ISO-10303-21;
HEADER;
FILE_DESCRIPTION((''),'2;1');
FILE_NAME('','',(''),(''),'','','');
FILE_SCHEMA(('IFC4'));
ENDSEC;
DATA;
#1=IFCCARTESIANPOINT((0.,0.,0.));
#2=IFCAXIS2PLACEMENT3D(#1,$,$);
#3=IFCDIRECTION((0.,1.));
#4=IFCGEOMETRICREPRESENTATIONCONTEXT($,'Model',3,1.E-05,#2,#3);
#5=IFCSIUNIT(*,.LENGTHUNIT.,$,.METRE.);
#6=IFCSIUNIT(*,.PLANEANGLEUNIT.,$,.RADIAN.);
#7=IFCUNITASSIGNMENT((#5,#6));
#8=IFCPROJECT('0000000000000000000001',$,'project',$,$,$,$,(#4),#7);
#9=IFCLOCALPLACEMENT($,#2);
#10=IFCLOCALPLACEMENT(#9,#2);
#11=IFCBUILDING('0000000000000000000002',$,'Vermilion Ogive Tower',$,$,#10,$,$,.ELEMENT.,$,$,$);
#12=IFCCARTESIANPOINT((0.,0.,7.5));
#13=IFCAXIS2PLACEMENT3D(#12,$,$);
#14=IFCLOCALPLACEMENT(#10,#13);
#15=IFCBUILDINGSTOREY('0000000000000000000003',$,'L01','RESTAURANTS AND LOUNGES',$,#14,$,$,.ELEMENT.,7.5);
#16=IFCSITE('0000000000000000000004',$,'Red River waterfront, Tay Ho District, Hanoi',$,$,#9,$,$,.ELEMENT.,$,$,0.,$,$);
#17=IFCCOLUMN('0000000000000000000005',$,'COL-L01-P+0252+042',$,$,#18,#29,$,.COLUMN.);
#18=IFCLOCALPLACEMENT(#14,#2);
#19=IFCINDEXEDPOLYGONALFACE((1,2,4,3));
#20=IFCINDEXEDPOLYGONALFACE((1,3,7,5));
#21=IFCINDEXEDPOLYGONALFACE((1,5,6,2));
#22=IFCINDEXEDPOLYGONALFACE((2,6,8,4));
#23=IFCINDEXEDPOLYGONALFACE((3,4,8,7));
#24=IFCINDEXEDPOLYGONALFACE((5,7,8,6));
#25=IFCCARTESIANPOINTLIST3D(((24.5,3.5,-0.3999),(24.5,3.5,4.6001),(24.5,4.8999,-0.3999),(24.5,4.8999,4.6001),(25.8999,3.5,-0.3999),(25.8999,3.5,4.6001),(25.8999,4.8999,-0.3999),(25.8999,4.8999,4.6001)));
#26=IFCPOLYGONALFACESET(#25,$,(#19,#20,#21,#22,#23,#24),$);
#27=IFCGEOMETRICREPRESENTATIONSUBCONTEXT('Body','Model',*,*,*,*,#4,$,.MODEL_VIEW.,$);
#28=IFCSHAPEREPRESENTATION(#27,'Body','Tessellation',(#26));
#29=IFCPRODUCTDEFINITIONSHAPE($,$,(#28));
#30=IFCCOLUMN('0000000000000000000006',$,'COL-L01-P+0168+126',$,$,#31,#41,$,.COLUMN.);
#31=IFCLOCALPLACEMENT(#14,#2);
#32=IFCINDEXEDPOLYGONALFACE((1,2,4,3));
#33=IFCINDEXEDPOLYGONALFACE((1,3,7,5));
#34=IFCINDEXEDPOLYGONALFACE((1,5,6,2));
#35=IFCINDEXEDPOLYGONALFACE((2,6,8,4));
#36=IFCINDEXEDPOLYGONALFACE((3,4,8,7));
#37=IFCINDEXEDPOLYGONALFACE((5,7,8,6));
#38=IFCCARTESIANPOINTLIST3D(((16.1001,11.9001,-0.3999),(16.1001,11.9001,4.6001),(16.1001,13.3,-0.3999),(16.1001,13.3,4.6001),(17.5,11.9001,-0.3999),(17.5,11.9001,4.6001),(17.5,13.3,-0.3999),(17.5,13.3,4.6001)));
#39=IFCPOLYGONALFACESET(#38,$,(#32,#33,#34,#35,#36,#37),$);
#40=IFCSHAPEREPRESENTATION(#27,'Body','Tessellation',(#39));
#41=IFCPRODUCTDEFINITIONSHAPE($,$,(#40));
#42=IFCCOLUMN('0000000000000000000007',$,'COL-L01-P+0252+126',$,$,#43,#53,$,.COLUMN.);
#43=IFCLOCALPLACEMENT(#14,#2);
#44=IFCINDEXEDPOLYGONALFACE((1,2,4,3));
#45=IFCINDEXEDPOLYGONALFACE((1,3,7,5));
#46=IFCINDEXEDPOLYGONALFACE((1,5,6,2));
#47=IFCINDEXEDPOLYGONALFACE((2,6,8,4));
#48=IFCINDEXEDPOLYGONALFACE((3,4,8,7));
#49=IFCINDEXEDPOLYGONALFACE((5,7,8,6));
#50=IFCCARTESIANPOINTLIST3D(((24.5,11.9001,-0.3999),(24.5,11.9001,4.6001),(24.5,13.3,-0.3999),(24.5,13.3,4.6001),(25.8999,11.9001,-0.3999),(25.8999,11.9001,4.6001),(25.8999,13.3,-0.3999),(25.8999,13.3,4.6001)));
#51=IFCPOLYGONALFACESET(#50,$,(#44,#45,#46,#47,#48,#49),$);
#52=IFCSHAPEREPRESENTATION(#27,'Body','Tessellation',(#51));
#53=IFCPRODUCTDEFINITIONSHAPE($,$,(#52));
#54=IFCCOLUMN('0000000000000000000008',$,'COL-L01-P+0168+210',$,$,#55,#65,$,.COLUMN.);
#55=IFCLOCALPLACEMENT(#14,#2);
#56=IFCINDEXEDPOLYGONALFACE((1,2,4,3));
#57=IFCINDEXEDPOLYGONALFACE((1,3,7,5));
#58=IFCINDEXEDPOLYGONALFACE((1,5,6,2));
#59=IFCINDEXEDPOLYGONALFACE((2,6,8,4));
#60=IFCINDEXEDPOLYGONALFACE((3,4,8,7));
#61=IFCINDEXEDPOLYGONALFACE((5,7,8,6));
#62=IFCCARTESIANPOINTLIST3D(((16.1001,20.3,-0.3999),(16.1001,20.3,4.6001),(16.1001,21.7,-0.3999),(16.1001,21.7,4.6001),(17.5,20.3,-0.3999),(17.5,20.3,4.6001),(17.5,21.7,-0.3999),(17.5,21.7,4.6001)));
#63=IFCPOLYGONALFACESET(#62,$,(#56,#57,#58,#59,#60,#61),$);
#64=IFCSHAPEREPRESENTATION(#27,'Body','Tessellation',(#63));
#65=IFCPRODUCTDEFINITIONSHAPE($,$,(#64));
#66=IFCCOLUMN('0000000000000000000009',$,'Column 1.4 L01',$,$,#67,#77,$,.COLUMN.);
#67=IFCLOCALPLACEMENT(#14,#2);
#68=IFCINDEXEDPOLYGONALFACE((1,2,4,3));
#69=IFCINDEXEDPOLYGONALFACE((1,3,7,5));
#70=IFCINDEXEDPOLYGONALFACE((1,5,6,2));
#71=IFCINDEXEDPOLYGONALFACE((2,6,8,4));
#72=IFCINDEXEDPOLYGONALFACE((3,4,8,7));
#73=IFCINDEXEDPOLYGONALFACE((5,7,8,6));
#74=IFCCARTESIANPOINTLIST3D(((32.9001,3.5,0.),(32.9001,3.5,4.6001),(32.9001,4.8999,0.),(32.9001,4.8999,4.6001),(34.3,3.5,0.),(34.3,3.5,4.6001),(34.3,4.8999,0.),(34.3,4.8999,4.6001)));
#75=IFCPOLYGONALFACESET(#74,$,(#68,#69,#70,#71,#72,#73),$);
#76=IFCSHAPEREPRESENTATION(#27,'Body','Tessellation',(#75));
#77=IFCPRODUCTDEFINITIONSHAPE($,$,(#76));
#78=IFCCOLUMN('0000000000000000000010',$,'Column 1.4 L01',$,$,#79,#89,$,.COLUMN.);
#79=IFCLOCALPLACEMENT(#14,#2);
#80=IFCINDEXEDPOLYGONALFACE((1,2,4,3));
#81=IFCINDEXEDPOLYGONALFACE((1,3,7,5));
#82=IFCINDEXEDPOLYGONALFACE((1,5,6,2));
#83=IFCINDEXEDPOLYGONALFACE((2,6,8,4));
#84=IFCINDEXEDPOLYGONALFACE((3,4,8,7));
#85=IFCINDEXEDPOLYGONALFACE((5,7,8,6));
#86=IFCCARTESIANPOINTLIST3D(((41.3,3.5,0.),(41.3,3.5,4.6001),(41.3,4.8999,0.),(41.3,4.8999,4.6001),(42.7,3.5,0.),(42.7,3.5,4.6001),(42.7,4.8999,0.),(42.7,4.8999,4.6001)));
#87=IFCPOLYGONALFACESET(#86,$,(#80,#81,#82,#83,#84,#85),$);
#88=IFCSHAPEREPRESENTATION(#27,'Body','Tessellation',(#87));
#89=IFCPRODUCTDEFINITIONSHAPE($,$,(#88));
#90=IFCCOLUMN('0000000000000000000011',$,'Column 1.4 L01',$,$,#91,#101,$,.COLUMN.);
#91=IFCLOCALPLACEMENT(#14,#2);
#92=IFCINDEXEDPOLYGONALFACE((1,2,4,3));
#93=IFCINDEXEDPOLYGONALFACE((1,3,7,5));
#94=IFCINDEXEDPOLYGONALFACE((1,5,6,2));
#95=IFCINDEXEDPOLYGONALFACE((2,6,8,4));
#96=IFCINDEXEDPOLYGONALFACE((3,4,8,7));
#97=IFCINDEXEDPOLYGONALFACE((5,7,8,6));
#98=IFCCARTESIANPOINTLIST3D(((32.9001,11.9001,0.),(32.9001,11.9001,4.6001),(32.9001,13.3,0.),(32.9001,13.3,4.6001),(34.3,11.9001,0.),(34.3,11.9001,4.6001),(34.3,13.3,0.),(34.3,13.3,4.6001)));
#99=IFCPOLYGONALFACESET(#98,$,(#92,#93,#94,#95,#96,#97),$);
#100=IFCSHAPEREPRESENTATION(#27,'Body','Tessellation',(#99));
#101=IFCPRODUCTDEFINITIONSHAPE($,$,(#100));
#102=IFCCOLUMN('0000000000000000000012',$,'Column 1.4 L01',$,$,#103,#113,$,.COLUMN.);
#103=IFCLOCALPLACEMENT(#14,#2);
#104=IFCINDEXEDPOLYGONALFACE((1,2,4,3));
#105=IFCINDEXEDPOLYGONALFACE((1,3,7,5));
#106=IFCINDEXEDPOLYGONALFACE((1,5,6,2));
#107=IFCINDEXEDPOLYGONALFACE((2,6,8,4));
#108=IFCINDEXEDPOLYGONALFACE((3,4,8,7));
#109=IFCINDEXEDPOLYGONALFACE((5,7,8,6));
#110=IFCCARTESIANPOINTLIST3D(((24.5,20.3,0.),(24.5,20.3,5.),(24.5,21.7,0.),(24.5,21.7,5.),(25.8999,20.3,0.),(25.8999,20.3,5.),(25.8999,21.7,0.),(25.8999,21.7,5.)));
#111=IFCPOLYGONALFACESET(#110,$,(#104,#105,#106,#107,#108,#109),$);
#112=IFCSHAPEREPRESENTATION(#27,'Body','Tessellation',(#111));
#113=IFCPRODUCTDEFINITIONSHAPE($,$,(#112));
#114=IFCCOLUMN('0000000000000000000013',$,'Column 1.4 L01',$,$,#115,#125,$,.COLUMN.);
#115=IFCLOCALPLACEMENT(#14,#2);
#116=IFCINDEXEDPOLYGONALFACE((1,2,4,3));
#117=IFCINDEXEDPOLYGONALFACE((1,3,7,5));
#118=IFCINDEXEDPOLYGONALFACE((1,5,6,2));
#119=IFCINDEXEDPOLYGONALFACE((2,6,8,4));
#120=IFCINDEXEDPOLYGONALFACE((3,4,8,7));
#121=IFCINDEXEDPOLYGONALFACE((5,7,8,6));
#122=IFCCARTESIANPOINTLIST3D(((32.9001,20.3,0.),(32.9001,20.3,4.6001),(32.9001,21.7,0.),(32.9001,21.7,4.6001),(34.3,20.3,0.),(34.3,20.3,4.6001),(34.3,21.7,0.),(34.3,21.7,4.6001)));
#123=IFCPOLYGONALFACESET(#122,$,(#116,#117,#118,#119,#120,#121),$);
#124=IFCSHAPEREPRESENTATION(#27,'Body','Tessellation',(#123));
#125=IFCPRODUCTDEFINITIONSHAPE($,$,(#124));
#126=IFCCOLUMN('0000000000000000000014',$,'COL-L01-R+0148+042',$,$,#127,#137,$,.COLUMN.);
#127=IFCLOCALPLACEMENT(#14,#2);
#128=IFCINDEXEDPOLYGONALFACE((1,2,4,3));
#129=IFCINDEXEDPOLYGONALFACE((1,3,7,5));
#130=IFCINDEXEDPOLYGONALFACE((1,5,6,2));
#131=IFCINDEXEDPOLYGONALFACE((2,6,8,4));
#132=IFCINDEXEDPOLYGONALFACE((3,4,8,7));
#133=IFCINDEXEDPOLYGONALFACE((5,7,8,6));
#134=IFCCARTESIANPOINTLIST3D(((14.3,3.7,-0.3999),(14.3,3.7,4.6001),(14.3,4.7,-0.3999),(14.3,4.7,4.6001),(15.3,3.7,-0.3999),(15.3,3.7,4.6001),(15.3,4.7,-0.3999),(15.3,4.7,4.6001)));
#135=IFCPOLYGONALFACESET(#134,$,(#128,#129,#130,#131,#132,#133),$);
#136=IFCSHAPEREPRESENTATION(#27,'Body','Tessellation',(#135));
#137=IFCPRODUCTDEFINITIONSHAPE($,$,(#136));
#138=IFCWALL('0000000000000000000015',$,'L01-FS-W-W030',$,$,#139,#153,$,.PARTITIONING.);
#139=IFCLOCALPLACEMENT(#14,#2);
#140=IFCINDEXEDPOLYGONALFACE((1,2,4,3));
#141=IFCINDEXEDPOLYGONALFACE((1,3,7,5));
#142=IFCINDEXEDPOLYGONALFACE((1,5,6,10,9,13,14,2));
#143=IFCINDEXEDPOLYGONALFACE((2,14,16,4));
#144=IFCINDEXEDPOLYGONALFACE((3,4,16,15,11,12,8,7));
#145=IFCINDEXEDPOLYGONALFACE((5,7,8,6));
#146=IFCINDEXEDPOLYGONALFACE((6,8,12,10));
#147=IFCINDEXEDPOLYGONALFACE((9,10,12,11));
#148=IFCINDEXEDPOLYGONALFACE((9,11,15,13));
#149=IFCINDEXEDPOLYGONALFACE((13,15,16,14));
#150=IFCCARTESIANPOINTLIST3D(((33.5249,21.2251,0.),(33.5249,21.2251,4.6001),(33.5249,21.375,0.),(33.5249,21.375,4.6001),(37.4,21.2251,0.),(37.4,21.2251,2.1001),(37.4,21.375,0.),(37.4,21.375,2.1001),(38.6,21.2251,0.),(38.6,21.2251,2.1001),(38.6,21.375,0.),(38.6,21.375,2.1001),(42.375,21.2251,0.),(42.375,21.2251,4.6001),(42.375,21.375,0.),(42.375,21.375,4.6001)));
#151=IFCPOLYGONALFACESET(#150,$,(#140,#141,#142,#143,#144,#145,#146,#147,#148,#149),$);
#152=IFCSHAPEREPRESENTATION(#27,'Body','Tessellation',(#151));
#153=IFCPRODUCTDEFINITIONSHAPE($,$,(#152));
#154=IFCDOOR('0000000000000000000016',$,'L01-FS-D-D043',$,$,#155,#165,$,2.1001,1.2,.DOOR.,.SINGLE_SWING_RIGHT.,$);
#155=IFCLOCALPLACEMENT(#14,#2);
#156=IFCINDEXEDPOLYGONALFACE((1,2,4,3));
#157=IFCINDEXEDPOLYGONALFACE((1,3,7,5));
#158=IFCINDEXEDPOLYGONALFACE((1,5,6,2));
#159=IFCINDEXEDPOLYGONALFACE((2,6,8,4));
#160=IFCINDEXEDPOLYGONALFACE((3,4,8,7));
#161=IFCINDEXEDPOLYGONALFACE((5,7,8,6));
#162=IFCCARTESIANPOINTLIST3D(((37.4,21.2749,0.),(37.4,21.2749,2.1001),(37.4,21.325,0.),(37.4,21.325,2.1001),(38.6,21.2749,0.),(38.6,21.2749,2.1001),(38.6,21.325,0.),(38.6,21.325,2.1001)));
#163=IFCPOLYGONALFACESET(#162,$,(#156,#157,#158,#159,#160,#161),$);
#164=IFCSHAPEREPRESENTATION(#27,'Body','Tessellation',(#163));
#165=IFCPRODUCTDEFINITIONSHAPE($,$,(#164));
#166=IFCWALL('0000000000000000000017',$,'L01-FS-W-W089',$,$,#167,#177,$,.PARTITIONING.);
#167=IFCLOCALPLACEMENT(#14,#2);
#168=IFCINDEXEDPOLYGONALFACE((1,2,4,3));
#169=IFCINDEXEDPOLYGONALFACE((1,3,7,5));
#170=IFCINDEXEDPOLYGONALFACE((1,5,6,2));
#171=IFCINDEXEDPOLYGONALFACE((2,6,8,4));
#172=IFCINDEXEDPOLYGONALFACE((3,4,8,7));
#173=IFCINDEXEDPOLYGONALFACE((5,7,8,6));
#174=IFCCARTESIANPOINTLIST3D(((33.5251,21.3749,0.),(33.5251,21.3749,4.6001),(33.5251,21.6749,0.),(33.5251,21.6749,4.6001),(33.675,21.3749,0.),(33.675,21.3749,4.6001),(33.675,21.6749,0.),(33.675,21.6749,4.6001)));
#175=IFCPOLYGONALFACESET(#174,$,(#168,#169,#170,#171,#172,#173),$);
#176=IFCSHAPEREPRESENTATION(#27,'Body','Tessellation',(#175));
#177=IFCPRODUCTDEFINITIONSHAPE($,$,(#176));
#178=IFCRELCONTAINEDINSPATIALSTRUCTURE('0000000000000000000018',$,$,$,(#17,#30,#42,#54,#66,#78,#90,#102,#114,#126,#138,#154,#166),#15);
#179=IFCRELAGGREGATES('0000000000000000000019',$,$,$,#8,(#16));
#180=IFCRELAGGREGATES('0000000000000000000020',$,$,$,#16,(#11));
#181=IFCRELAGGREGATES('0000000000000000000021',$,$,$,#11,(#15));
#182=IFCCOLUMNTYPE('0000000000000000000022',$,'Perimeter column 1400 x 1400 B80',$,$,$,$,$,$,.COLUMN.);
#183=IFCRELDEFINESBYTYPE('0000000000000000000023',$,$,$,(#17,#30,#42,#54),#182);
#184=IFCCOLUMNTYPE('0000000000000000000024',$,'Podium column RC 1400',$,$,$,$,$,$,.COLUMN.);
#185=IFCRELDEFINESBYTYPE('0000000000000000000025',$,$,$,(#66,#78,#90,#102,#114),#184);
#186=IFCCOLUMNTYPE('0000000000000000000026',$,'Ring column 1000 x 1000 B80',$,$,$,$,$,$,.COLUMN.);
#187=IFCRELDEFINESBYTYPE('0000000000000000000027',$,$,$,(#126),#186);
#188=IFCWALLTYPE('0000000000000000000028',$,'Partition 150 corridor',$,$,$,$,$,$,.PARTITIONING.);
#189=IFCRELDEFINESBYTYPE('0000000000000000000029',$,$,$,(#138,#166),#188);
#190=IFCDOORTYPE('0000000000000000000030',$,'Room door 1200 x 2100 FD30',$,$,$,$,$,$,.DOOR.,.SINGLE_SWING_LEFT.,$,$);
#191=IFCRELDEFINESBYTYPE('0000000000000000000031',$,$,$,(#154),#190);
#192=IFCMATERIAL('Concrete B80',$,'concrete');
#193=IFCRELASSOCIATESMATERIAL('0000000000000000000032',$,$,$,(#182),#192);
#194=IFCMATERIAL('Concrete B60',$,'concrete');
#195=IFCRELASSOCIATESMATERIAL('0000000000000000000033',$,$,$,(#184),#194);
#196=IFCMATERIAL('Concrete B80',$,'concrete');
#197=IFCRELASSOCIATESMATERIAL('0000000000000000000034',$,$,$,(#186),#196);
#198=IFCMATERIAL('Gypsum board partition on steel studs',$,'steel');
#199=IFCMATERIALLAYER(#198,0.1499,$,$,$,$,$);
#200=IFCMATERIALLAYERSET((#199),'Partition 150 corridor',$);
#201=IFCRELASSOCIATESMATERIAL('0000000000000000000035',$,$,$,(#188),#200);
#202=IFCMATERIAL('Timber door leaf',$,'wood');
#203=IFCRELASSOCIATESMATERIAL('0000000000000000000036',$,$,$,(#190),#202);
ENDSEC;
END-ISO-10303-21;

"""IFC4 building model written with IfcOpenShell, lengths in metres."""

from ifc_helpers import new_model, si_unit, direction, frame, frame_2d, origin, origin_2d, place, context, subcontext, project, spatial, rectangle, extrude, material, layer, layer_set, material_profile, profile_set, type_object, element, fill, save


model = new_model("IFC4")

# Units and contexts
model_context = context("Model", 3, precision=1e-05, world=origin(), true_north=direction((0.0, 1.0)))
body_context = subcontext(model_context, "Body", "Model", "MODEL_VIEW")
ifc_project = project(units=[si_unit("LENGTHUNIT", "METRE"), si_unit("PLANEANGLEUNIT", "RADIAN")], contexts=[model_context])

# Site, building, storey
site_placement = place(None, origin())
site = spatial("IfcSite", under=ifc_project, at=site_placement, Name="Red River waterfront, Tay Ho District, Hanoi", CompositionType="ELEMENT", RefElevation=0.0)
building_placement = place(site_placement, origin())
building = spatial("IfcBuilding", under=site, at=building_placement, Name="Vermilion Ogive Tower", CompositionType="ELEMENT")
storey_placement = place(building_placement, frame((0.0, 0.0, 7.5)))
storey = spatial("IfcBuildingStorey", under=building, at=storey_placement, Name="L01", Description="RESTAURANTS AND LOUNGES", CompositionType="ELEMENT", Elevation=7.5)

# Columns
ifc_material_1 = material(Name="Concrete B80", Category="concrete")
ifc_material_profile_1 = material_profile(ifc_material_1, rectangle(XDim=1.3999, YDim=1.3999, at=origin_2d()), Name="1400 x 1400")
ifc_profile_set_1 = profile_set([ifc_material_profile_1], Name="Concrete B80")
column_type_1 = type_object("IfcColumnType", Name="Perimeter column 1400 x 1400 B80", PredefinedType="COLUMN", material=ifc_profile_set_1)
for number, where, z_axis, x_axis, name in (
    (1, (25.2, 4.2, -0.3999), (0.0, 0.0, 1.0), (1.0, 0.0, 0.0), "COL-L01-P+0252+042"),
    (2, (16.8, 12.6001, -0.3999), (0.0, 0.0, 1.0), (1.0, 0.0, 0.0), "COL-L01-P+0168+126"),
    (3, (25.2, 12.6001, -0.3999), (0.0, 0.0, 1.0), (1.0, 0.0, 0.0), "COL-L01-P+0252+126"),
    (4, (16.8, 21.0, -0.3999), (0.0, 0.0, 1.0), (1.0, 0.0, 0.0), "COL-L01-P+0168+210"),
):
    element("IfcColumn", number, at=place(storey_placement, frame(where, z_axis=z_axis, x_axis=x_axis)), inside=storey, type_object=column_type_1, Name=name, PredefinedType="COLUMN", context=body_context, shape_type="SweptSolid", body=[
        extrude(rectangle(XDim=1.3999, YDim=1.3999, at=origin_2d()), origin(), (0.0, 0.0, 1.0), 5.0),
    ])
ifc_material_2 = material(Name="Concrete B60", Category="concrete")
ifc_material_profile_2 = material_profile(ifc_material_2, rectangle(XDim=1.3999, YDim=1.3999, at=origin_2d()), Name="RC 1400x1400")
ifc_profile_set_2 = profile_set([ifc_material_profile_2], Name="Concrete B60")
column_type_2 = type_object("IfcColumnType", Name="Podium column RC 1400", PredefinedType="COLUMN", material=ifc_profile_set_2)
for number, where, z_axis, x_axis, name in (
    (5, (33.6001, 4.2, 0.0), (0.0, 0.0, 1.0), (1.0, 0.0, 0.0), "Column 1.4 L01"),
    (6, (42.0, 4.2, 0.0), (0.0, 0.0, 1.0), (1.0, 0.0, 0.0), "Column 1.4 L01"),
    (7, (33.6001, 12.6001, 0.0), (0.0, 0.0, 1.0), (1.0, 0.0, 0.0), "Column 1.4 L01"),
):
    element("IfcColumn", number, at=place(storey_placement, frame(where, z_axis=z_axis, x_axis=x_axis)), inside=storey, type_object=column_type_2, Name=name, PredefinedType="COLUMN", context=body_context, shape_type="SweptSolid", body=[
        extrude(rectangle(XDim=1.3999, YDim=1.3999, at=origin_2d()), origin(), (0.0, 0.0, 1.0), 4.6001),
    ])
column_1_placement = place(storey_placement, frame((25.2, 21.0, 0.0), z_axis=(0.0, 0.0, 1.0), x_axis=(1.0, 0.0, 0.0)))
element("IfcColumn", 8, at=column_1_placement, inside=storey, type_object=column_type_2, Name="Column 1.4 L01", PredefinedType="COLUMN", context=body_context, shape_type="SweptSolid", body=[
    extrude(rectangle(XDim=1.3999, YDim=1.3999, at=origin_2d()), origin(), (0.0, 0.0, 1.0), 5.0),
])
column_2_placement = place(storey_placement, frame((33.6001, 21.0, 0.0), z_axis=(0.0, 0.0, 1.0), x_axis=(1.0, 0.0, 0.0)))
element("IfcColumn", 9, at=column_2_placement, inside=storey, type_object=column_type_2, Name="Column 1.4 L01", PredefinedType="COLUMN", context=body_context, shape_type="SweptSolid", body=[
    extrude(rectangle(XDim=1.3999, YDim=1.3999, at=origin_2d()), origin(), (0.0, 0.0, 1.0), 4.6001),
])
ifc_material_3 = material(Name="Concrete B80", Category="concrete")
ifc_material_profile_3 = material_profile(ifc_material_3, rectangle(XDim=1.0, YDim=1.0, at=origin_2d()), Name="1000 x 1000")
ifc_profile_set_3 = profile_set([ifc_material_profile_3], Name="Concrete B80")
column_type_3 = type_object("IfcColumnType", Name="Ring column 1000 x 1000 B80", PredefinedType="COLUMN", material=ifc_profile_set_3)
column_3_placement = place(storey_placement, frame((14.8, 4.2, -0.3999), z_axis=(0.0, 0.0, 1.0), x_axis=(1.0, 0.0, 0.0)))
element("IfcColumn", 10, at=column_3_placement, inside=storey, type_object=column_type_3, Name="COL-L01-R+0148+042", PredefinedType="COLUMN", context=body_context, shape_type="SweptSolid", body=[
    extrude(rectangle(XDim=1.0, YDim=1.0, at=origin_2d()), origin(), (0.0, 0.0, 1.0), 5.0),
])

# Wall, opening, door
ifc_material_4 = material(Name="Gypsum board partition on steel studs", Category="steel")
ifc_layer_1 = layer(ifc_material_4, 0.1499)
ifc_layer_set_1 = layer_set([ifc_layer_1], Name="Partition 150 corridor")
wall_type_1 = type_object("IfcWallType", Name="Partition 150 corridor", PredefinedType="PARTITIONING", material=ifc_layer_set_1)
wall_1_placement = place(storey_placement, frame((33.5249, 21.3, 0.0), z_axis=(0.0, 0.0, 1.0), x_axis=(1.0, 0.0, 0.0)))
wall_1 = element("IfcWall", 11, at=wall_1_placement, inside=storey, type_object=wall_type_1, Name="L01-FS-W-W030", PredefinedType="PARTITIONING", context=body_context, shape_type="SweptSolid", body=[
    extrude(rectangle(XDim=8.8501, YDim=0.1499, at=frame_2d((4.425, 0.0))), origin(), (0.0, 0.0, 1.0), 4.6001),
])
opening_1_placement = place(wall_1_placement, frame((3.875, 0.0, 0.0)))
opening_1 = element("IfcOpeningElement", 12, at=opening_1_placement, cuts=wall_1, PredefinedType="OPENING", context=body_context, shape_type="SweptSolid", body=[
    extrude(rectangle(XDim=1.2, YDim=2.1001, at=frame_2d((0.6001, 1.05))), frame((0.0, 0.085, 0.0), z_axis=(0.0, -1.0, 0.0), x_axis=(1.0, 0.0, 0.0)), (0.0, 0.0, 1.0), 0.1699),
])
ifc_material_5 = material(Name="Timber door leaf", Category="wood")
door_type_1 = type_object("IfcDoorType", Name="Room door 1200 x 2100 FD30", OperationType="SINGLE_SWING_LEFT", PredefinedType="DOOR", material=ifc_material_5)
door_1_placement = place(opening_1_placement, origin())
door_1 = element("IfcDoor", 13, at=door_1_placement, inside=storey, type_object=door_type_1, Name="L01-FS-D-D043", OperationType="SINGLE_SWING_RIGHT", OverallHeight=2.1001, OverallWidth=1.2, PredefinedType="DOOR", context=body_context, shape_type="SweptSolid", body=[
    extrude(rectangle(XDim=1.2, YDim=2.1001, at=frame_2d((0.6001, 1.05))), frame((0.0, 0.0249, 0.0), z_axis=(0.0, -1.0, 0.0), x_axis=(1.0, 0.0, 0.0)), (0.0, 0.0, 1.0), 0.05),
])
fill(opening_1, door_1)

# Wall
wall_2_placement = place(storey_placement, frame((33.6001, 21.375, 0.0), z_axis=(0.0, 0.0, 1.0), x_axis=(0.0, 1.0, 0.0)))
element("IfcWall", 14, at=wall_2_placement, inside=storey, type_object=wall_type_1, Name="L01-FS-W-W089", PredefinedType="PARTITIONING", context=body_context, shape_type="SweptSolid", body=[
    extrude(rectangle(XDim=0.3, YDim=0.1499, at=frame_2d((0.1499, 0.0))), origin(), (0.0, 0.0, 1.0), 4.6001),
])

save(model, "model.ifc")
